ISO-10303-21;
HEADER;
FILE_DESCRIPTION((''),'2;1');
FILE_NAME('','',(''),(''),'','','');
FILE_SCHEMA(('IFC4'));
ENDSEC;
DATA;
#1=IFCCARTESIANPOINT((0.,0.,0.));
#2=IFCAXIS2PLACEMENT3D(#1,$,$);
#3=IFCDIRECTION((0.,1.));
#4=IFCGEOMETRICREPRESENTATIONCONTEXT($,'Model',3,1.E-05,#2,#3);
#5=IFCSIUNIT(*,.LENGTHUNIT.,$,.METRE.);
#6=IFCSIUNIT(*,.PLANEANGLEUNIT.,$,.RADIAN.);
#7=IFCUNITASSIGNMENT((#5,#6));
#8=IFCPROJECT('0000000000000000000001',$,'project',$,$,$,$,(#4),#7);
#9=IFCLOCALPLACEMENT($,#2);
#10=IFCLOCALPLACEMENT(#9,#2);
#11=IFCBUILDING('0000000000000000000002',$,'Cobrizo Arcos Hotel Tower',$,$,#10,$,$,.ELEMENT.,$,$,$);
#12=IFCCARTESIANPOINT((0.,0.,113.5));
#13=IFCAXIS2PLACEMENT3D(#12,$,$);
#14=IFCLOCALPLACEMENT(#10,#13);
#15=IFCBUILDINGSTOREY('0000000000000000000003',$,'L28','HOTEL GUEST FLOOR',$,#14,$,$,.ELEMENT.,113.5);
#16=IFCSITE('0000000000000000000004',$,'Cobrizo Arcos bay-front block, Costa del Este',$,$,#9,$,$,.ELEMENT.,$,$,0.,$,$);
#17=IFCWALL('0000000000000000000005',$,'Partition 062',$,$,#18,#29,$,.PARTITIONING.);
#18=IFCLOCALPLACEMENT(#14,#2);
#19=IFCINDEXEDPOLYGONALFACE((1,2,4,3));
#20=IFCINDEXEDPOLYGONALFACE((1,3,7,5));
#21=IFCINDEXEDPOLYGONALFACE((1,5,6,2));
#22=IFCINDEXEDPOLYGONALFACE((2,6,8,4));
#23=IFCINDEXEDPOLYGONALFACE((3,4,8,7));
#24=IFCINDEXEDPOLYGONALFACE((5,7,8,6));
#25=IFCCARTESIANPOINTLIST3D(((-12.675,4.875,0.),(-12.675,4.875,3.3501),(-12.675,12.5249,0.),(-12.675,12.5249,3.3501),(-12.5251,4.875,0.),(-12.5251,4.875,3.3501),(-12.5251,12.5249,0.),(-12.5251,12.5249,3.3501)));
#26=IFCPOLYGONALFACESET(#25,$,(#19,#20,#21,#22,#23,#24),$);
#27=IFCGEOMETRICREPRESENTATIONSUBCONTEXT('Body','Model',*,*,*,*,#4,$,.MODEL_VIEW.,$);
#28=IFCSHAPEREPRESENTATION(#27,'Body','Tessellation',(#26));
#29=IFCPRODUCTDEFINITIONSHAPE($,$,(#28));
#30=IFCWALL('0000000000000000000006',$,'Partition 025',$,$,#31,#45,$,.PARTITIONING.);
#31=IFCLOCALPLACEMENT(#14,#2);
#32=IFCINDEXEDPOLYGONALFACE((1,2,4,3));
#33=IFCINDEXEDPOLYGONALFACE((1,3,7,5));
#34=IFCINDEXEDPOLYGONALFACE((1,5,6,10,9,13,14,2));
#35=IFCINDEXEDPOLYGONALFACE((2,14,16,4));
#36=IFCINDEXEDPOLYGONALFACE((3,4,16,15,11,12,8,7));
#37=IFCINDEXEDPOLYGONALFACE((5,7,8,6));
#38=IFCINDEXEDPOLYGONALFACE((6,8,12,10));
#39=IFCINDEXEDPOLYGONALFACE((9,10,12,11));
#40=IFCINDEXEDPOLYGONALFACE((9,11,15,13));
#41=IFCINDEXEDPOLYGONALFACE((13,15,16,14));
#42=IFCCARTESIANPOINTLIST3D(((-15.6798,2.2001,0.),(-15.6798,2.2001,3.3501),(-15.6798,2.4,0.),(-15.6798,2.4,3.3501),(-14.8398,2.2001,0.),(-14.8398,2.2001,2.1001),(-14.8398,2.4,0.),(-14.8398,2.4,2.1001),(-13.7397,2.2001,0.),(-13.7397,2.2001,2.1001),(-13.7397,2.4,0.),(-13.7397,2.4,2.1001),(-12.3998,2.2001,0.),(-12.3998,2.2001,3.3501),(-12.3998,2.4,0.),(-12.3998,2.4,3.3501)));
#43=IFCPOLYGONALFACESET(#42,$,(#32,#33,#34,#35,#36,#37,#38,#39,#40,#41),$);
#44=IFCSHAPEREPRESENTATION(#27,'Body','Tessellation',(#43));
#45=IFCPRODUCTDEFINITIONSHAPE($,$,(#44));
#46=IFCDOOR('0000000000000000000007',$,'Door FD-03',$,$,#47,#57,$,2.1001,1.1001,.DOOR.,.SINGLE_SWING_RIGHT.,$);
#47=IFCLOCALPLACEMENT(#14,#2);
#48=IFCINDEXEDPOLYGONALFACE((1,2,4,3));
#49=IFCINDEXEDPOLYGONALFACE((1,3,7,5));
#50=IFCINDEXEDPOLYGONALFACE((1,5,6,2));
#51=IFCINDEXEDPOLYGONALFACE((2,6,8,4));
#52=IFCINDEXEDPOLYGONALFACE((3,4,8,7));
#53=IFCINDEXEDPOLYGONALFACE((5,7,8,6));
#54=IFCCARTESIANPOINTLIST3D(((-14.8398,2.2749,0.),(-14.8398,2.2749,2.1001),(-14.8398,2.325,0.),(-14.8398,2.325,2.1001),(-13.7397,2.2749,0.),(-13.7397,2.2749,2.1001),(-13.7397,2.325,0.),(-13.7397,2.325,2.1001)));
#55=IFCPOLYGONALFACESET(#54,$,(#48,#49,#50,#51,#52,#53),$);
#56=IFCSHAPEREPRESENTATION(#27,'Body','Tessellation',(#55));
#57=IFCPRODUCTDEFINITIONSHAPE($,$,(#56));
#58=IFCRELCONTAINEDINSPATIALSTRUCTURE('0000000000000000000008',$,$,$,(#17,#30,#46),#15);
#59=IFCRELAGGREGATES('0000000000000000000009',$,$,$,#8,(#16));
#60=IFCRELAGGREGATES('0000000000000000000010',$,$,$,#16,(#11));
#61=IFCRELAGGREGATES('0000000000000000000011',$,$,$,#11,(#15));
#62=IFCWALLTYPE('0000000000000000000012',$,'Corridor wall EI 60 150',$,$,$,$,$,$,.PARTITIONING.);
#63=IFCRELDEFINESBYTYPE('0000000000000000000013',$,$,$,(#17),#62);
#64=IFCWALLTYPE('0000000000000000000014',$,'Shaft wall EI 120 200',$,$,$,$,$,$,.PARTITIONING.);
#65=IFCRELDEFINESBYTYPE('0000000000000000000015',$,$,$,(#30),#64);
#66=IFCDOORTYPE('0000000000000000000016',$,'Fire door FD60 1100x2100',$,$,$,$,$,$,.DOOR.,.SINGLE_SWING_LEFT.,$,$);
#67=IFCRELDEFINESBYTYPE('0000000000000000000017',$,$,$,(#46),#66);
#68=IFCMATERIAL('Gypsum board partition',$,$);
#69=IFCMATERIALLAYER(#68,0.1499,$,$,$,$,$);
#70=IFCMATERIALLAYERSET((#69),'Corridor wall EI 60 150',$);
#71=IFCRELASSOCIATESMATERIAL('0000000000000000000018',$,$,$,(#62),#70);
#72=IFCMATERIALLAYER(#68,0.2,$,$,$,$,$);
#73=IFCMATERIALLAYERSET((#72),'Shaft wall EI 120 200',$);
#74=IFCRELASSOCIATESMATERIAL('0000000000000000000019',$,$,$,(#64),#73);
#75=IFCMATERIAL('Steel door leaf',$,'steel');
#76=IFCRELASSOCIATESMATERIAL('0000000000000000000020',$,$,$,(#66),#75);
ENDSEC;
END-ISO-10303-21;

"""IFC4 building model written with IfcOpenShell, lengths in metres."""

from ifc_helpers import new_model, si_unit, direction, frame, frame_2d, origin, place, context, subcontext, project, spatial, rectangle, extrude, material, layer, layer_set, type_object, element, fill, save


model = new_model("IFC4")

# Units and contexts
model_context = context("Model", 3, precision=1e-05, world=origin(), true_north=direction((0.0, 1.0)))
body_context = subcontext(model_context, "Body", "Model", "MODEL_VIEW")
ifc_project = project(units=[si_unit("LENGTHUNIT", "METRE"), si_unit("PLANEANGLEUNIT", "RADIAN")], contexts=[model_context])

# Site, building, storey
site_placement = place(None, origin())
site = spatial("IfcSite", under=ifc_project, at=site_placement, Name="Cobrizo Arcos bay-front block, Costa del Este", CompositionType="ELEMENT", RefElevation=0.0)
building_placement = place(site_placement, origin())
building = spatial("IfcBuilding", under=site, at=building_placement, Name="Cobrizo Arcos Hotel Tower", CompositionType="ELEMENT")
storey_placement = place(building_placement, frame((0.0, 0.0, 113.5)))
storey = spatial("IfcBuildingStorey", under=building, at=storey_placement, Name="L28", Description="HOTEL GUEST FLOOR", CompositionType="ELEMENT", Elevation=113.5)

# Shared definitions
ifc_material_1 = material(Name="Gypsum board partition")
ifc_layer_1 = layer(ifc_material_1, 0.1499)
ifc_layer_set_1 = layer_set([ifc_layer_1], Name="Corridor wall EI 60 150")
wall_type_1 = type_object("IfcWallType", Name="Corridor wall EI 60 150", PredefinedType="PARTITIONING", material=ifc_layer_set_1)

# Wall
wall_1_placement = place(storey_placement, frame((-12.6001, 4.875, 0.0), z_axis=(0.0, 0.0, 1.0), x_axis=(0.0, 1.0, 0.0)))
element("IfcWall", 1, at=wall_1_placement, inside=storey, type_object=wall_type_1, Name="Partition 062", PredefinedType="PARTITIONING", context=body_context, shape_type="SweptSolid", body=[
    extrude(rectangle(XDim=7.6499, YDim=0.1499, at=frame_2d((3.825, 0.0))), origin(), (0.0, 0.0, 1.0), 3.3501),
])

# Wall, opening, door
ifc_layer_2 = layer(ifc_material_1, 0.2)
ifc_layer_set_2 = layer_set([ifc_layer_2], Name="Shaft wall EI 120 200")
wall_type_2 = type_object("IfcWallType", Name="Shaft wall EI 120 200", PredefinedType="PARTITIONING", material=ifc_layer_set_2)
wall_2_placement = place(storey_placement, frame((-15.6799, 2.3, 0.0), z_axis=(0.0, 0.0, 1.0), x_axis=(1.0, 0.0, 0.0)))
wall_2 = element("IfcWall", 2, at=wall_2_placement, inside=storey, type_object=wall_type_2, Name="Partition 025", PredefinedType="PARTITIONING", context=body_context, shape_type="SweptSolid", body=[
    extrude(rectangle(XDim=3.28, YDim=0.2, at=frame_2d((1.6401, 0.0))), origin(), (0.0, 0.0, 1.0), 3.3501),
])
opening_1_placement = place(wall_2_placement, frame((0.8401, 0.0, 0.0)))
opening_1 = element("IfcOpeningElement", 3, at=opening_1_placement, cuts=wall_2, PredefinedType="OPENING", context=body_context, shape_type="SweptSolid", body=[
    extrude(rectangle(XDim=1.1001, YDim=2.1001, at=frame_2d((0.55, 1.05))), frame((0.0, 0.1121, 0.0), z_axis=(0.0, -1.0, 0.0), x_axis=(1.0, 0.0, 0.0)), (0.0, 0.0, 1.0), 0.2239),
])
ifc_material_2 = material(Name="Steel door leaf", Category="steel")
door_type_1 = type_object("IfcDoorType", Name="Fire door FD60 1100x2100", OperationType="SINGLE_SWING_LEFT", PredefinedType="DOOR", material=ifc_material_2)
door_1_placement = place(opening_1_placement, origin())
door_1 = element("IfcDoor", 4, at=door_1_placement, inside=storey, type_object=door_type_1, Name="Door FD-03", OperationType="SINGLE_SWING_RIGHT", OverallHeight=2.1001, OverallWidth=1.1001, PredefinedType="DOOR", context=body_context, shape_type="SweptSolid", body=[
    extrude(rectangle(XDim=1.1001, YDim=2.1001, at=frame_2d((0.55, 1.05))), frame((0.0, 0.0249, 0.0), z_axis=(0.0, -1.0, 0.0), x_axis=(1.0, 0.0, 0.0)), (0.0, 0.0, 1.0), 0.05),
])
fill(opening_1, door_1)

save(model, "model.ifc")
